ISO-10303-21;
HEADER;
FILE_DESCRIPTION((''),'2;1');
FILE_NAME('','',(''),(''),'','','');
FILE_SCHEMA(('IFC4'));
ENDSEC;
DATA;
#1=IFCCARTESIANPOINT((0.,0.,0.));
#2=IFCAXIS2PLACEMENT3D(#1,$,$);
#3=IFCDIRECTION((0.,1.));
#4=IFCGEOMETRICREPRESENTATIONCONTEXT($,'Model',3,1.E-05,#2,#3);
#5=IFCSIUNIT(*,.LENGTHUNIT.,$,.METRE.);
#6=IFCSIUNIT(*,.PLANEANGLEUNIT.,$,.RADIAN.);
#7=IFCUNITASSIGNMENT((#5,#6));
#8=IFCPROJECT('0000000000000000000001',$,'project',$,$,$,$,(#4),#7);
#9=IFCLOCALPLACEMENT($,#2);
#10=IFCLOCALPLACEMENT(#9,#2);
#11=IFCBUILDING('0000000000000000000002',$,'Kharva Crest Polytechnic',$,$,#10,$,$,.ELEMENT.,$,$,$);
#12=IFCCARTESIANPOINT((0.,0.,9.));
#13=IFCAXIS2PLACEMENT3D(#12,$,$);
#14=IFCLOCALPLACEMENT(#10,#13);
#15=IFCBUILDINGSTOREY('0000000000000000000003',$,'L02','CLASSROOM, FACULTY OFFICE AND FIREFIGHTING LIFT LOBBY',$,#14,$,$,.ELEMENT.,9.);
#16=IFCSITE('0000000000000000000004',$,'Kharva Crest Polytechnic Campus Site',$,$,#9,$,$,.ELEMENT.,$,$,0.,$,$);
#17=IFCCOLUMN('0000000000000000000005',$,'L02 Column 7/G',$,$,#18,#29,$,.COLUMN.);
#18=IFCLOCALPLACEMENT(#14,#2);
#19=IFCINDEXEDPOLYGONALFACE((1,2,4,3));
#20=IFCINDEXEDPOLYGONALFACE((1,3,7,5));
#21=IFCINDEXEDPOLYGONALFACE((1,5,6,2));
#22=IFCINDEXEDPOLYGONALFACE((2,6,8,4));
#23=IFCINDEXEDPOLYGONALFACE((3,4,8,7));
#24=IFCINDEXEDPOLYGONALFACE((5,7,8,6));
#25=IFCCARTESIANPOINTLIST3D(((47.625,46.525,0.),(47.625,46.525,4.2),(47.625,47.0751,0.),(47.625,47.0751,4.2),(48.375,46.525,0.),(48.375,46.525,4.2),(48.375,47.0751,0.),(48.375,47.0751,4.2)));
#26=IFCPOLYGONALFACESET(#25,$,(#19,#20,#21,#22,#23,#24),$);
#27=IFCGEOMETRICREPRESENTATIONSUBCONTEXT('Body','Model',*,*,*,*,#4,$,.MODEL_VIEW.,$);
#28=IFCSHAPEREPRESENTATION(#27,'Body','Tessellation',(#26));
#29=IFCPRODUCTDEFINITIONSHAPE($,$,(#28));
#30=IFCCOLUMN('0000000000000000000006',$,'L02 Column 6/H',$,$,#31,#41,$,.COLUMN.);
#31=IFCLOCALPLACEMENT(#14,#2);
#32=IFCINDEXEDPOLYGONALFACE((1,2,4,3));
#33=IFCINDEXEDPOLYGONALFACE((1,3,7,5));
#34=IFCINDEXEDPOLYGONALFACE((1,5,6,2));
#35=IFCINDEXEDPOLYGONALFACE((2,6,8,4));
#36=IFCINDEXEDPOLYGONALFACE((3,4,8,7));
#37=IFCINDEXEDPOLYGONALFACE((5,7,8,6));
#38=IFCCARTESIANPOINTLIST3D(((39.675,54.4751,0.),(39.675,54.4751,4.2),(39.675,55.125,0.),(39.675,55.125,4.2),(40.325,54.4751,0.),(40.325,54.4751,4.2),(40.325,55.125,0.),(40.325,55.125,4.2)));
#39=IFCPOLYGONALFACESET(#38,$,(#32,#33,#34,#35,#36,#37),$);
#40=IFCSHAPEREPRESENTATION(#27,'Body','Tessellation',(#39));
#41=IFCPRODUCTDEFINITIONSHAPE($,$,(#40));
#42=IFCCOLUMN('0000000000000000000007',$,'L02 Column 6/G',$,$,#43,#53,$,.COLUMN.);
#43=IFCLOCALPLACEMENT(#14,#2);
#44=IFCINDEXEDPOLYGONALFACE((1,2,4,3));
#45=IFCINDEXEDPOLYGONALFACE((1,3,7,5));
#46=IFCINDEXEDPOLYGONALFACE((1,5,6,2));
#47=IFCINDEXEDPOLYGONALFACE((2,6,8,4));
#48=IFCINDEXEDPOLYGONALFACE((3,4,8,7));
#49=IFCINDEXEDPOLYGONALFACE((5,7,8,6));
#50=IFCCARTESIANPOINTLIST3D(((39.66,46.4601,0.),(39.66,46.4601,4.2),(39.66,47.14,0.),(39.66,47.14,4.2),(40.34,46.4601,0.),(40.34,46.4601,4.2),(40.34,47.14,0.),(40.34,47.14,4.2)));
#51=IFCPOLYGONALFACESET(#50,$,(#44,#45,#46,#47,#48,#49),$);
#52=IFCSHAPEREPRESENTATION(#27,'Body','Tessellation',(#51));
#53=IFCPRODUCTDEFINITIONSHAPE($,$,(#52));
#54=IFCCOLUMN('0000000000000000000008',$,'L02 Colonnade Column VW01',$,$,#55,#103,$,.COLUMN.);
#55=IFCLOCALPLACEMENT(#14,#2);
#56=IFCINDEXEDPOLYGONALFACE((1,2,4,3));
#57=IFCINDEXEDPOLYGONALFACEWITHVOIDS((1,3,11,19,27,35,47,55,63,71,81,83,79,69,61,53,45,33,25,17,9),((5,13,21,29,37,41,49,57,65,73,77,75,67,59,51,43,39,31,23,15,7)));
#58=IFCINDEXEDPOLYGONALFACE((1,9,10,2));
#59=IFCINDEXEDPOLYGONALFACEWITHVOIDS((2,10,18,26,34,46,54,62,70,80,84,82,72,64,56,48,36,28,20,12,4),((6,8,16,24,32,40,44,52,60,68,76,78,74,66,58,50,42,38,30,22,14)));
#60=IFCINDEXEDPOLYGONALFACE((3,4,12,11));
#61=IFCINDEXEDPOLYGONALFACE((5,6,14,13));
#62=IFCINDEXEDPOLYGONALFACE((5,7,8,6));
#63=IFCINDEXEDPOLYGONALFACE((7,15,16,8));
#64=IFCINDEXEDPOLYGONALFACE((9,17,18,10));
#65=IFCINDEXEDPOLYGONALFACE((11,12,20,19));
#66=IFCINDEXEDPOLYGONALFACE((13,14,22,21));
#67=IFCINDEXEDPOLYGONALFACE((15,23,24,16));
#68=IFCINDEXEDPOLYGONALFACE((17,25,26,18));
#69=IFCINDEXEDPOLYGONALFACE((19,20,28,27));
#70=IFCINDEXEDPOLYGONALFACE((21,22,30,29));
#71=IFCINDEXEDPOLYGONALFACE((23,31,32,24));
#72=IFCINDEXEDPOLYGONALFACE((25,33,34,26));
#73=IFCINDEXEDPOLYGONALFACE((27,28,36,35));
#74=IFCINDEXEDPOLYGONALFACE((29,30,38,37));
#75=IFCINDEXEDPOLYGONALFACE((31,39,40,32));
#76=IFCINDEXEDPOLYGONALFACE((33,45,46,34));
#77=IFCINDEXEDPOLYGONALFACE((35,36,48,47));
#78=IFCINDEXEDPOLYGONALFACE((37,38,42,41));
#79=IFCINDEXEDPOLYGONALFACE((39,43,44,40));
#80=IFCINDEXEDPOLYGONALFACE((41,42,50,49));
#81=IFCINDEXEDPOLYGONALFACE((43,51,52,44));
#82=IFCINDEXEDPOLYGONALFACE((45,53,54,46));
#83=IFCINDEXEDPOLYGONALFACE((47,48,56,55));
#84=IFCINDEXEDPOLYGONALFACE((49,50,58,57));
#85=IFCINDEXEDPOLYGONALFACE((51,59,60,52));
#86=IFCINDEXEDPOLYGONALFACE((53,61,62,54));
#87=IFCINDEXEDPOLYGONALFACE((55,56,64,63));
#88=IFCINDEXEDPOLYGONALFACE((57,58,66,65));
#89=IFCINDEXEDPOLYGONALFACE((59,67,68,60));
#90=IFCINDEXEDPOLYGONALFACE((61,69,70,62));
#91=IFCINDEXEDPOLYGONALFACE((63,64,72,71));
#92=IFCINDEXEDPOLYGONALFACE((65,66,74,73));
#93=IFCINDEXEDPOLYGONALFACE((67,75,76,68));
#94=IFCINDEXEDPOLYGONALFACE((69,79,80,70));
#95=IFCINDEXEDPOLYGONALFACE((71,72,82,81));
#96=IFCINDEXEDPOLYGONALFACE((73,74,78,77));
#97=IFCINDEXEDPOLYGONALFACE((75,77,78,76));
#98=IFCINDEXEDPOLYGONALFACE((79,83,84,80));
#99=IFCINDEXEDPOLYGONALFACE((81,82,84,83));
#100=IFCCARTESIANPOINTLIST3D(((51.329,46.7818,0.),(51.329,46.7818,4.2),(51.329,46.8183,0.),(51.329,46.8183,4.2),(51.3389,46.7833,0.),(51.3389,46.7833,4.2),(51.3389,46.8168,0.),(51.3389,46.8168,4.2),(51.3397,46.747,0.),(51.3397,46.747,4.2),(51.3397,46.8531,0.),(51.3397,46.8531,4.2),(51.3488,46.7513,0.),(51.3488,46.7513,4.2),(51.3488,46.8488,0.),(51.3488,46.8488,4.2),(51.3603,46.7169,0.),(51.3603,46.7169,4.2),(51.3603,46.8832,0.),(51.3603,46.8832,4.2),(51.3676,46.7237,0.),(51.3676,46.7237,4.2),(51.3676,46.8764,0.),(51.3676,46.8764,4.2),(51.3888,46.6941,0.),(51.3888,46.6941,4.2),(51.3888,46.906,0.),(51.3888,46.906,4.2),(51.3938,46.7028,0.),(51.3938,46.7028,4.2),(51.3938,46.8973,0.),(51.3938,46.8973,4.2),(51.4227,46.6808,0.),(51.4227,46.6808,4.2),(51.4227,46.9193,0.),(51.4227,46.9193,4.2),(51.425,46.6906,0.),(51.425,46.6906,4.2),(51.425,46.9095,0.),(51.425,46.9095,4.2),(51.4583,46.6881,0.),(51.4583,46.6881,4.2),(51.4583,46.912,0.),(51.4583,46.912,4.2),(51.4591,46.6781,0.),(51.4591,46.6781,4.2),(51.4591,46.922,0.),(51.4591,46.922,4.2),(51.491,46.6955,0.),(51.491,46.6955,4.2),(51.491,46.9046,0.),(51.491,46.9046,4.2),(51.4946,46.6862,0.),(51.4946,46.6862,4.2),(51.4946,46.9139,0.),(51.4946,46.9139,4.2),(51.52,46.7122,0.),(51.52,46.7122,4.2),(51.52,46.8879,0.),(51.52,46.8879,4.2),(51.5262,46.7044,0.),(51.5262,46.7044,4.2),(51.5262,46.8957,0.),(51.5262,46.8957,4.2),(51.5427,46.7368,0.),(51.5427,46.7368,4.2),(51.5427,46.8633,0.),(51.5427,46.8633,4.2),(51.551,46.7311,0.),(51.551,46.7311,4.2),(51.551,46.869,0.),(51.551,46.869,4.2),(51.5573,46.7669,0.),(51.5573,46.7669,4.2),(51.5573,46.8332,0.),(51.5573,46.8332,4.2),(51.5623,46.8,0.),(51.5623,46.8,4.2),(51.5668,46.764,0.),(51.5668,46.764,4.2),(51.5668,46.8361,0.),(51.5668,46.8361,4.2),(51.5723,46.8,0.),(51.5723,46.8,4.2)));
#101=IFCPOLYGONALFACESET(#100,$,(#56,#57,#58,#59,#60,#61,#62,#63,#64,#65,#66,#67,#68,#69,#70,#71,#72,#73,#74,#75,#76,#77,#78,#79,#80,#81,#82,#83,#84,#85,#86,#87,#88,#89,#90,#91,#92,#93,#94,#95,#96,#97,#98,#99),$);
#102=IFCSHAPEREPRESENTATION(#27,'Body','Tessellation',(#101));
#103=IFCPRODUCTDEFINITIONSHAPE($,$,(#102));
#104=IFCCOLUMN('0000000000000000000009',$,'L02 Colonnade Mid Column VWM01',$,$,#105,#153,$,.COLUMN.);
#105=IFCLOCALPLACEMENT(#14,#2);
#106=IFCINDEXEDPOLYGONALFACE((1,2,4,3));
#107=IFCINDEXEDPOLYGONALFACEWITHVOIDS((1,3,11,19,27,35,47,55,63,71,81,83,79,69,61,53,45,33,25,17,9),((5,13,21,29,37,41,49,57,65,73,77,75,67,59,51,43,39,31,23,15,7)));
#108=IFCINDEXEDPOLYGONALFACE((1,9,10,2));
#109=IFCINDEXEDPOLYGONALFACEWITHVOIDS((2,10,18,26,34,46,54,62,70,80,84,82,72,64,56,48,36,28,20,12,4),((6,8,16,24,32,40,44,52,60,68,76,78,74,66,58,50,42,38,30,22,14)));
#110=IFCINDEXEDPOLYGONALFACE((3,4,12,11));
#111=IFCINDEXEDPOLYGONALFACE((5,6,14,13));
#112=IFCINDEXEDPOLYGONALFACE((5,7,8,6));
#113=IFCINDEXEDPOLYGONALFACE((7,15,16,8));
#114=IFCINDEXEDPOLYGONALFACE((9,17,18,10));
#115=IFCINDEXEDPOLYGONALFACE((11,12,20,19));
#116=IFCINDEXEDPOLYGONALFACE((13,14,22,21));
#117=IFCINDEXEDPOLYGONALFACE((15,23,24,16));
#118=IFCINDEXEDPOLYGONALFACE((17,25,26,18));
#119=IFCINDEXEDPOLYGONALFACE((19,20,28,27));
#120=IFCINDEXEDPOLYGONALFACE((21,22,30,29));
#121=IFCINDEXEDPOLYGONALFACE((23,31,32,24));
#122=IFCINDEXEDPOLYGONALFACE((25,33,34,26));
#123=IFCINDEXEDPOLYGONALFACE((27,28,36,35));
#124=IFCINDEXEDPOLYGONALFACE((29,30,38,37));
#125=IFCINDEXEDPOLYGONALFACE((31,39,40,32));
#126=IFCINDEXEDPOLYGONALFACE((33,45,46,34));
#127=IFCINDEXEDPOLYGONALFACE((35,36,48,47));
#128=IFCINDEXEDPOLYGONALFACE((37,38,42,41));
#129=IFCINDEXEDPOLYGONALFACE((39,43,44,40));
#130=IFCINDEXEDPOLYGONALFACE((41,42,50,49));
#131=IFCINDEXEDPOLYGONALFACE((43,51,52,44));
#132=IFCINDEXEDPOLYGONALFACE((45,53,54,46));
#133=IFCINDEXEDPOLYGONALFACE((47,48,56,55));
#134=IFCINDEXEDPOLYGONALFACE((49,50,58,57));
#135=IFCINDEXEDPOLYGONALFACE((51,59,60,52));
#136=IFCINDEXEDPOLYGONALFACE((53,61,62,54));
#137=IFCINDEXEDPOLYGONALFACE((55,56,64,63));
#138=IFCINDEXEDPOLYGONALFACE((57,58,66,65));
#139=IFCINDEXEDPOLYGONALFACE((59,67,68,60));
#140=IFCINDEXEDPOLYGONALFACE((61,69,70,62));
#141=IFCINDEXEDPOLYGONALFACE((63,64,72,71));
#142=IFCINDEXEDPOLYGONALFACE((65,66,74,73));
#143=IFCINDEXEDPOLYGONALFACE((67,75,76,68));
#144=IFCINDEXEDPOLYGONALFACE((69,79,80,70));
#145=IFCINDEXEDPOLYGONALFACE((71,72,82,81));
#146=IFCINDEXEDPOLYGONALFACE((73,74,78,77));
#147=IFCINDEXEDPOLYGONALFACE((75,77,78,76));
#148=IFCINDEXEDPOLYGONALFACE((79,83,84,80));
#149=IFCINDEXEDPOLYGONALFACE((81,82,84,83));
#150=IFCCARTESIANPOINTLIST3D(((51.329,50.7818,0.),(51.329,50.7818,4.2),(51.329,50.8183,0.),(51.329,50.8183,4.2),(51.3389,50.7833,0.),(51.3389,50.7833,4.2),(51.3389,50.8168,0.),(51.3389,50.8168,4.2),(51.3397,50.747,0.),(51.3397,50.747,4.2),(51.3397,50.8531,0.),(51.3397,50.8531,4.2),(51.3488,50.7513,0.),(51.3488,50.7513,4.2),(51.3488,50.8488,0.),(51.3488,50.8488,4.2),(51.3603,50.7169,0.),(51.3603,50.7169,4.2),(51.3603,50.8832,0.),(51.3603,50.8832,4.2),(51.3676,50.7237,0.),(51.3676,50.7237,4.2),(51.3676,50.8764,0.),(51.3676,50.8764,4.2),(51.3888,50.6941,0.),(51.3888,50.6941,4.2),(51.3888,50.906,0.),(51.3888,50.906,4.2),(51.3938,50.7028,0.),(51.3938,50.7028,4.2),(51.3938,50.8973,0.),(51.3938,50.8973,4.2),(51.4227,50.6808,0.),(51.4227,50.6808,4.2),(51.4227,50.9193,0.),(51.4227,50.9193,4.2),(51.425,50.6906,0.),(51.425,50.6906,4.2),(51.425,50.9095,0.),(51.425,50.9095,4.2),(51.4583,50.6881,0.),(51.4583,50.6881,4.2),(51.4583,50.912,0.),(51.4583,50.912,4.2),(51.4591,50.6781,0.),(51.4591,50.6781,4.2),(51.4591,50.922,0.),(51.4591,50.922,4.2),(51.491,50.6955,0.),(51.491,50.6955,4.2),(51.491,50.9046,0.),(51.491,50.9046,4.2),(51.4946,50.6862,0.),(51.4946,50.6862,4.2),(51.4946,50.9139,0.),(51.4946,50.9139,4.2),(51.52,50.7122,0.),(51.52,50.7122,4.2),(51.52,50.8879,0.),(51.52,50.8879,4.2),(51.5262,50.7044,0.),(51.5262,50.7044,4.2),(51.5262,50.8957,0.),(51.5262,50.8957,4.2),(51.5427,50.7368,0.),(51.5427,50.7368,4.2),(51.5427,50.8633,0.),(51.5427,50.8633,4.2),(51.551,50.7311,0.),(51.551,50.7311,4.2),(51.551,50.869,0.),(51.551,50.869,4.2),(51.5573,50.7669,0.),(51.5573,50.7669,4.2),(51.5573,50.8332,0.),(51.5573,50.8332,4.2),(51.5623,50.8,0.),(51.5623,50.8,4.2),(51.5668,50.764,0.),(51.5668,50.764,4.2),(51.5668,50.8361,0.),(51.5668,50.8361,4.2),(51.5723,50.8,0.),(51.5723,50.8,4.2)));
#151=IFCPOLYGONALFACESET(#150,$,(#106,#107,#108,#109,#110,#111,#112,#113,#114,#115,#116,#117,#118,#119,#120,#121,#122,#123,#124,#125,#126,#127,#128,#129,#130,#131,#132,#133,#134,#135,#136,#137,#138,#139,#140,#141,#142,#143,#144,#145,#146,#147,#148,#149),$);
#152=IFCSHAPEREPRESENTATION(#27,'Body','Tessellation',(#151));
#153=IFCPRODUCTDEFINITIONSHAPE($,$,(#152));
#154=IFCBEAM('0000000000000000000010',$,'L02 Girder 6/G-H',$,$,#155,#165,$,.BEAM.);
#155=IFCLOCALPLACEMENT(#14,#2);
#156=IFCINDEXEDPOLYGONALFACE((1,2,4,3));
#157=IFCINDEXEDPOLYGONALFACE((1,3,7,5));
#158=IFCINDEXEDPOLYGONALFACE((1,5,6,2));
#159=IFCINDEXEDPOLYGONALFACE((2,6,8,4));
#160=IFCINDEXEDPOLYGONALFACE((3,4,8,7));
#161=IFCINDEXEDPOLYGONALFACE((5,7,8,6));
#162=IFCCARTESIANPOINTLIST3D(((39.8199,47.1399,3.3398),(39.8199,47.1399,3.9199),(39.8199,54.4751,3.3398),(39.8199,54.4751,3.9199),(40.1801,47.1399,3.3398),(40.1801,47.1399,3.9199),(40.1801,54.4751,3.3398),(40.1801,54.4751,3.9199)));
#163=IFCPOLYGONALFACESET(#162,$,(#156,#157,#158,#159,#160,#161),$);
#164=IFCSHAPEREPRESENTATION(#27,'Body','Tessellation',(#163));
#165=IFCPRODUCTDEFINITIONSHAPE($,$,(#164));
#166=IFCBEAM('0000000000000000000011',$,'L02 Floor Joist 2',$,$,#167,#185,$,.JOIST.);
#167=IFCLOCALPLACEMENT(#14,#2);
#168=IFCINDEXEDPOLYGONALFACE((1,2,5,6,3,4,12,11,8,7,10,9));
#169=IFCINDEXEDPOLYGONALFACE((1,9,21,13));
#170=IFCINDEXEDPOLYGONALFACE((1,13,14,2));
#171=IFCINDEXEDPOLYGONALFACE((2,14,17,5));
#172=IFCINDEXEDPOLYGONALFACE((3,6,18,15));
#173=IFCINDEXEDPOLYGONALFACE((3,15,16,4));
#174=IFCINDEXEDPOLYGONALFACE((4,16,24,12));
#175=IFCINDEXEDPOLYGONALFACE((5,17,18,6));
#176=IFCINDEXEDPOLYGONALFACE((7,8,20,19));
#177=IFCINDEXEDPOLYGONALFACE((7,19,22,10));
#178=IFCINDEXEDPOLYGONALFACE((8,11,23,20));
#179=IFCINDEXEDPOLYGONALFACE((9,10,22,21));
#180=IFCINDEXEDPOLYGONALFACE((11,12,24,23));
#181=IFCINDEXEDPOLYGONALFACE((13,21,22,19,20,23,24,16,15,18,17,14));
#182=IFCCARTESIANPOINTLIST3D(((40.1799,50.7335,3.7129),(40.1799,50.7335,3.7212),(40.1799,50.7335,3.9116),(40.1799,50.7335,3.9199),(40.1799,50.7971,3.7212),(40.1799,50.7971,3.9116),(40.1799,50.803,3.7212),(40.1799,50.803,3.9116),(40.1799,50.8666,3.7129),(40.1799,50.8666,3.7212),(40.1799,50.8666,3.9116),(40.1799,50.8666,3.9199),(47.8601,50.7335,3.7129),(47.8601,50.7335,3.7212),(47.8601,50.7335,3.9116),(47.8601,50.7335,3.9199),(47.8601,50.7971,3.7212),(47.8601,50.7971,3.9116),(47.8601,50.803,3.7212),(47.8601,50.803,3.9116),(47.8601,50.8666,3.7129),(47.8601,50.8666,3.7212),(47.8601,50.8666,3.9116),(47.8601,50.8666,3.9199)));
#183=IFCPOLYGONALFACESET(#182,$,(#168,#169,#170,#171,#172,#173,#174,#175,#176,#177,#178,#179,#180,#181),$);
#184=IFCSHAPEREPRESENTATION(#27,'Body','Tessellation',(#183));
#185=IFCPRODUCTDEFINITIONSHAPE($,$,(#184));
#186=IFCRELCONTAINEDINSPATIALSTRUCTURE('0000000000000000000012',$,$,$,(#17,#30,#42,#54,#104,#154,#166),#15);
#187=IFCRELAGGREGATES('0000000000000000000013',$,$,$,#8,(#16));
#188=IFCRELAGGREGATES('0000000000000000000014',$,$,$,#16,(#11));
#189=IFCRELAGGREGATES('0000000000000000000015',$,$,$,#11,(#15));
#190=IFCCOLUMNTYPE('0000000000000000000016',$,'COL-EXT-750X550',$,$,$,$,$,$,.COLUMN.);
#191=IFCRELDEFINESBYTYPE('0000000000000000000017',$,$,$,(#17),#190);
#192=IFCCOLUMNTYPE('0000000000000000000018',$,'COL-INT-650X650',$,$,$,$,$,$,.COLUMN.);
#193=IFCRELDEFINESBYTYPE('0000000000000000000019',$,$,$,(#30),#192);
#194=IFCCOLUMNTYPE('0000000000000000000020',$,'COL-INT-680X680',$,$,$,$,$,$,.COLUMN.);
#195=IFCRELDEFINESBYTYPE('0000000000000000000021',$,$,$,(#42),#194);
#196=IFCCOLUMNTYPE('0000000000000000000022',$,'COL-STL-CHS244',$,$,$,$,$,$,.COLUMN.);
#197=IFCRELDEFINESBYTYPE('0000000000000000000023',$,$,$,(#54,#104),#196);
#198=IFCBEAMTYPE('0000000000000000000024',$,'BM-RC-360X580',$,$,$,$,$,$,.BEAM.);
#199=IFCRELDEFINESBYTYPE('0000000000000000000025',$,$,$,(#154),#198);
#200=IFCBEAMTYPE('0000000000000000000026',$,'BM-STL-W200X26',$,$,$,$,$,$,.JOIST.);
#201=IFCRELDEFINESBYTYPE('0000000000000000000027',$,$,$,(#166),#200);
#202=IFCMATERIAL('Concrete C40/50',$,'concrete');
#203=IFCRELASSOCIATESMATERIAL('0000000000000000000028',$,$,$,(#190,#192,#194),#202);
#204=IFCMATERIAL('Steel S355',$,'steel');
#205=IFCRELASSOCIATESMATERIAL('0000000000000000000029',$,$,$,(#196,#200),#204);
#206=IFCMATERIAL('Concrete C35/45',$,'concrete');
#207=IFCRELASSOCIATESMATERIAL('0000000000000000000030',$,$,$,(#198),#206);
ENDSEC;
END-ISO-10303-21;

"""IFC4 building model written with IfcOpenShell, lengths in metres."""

from ifc_helpers import new_model, si_unit, direction, frame, origin, origin_2d, place, context, subcontext, project, spatial, rectangle, hollow_circle, i_section, extrude, material, material_profile, profile_set, type_object, element, save


model = new_model("IFC4")

# Units and contexts
model_context = context("Model", 3, precision=1e-05, world=origin(), true_north=direction((0.0, 1.0)))
body_context = subcontext(model_context, "Body", "Model", "MODEL_VIEW")
ifc_project = project(units=[si_unit("LENGTHUNIT", "METRE"), si_unit("PLANEANGLEUNIT", "RADIAN")], contexts=[model_context])

# Site, building, storey
site_placement = place(None, origin())
site = spatial("IfcSite", under=ifc_project, at=site_placement, Name="Kharva Crest Polytechnic Campus Site", CompositionType="ELEMENT", RefElevation=0.0)
building_placement = place(site_placement, origin())
building = spatial("IfcBuilding", under=site, at=building_placement, Name="Kharva Crest Polytechnic", CompositionType="ELEMENT")
storey_placement = place(building_placement, frame((0.0, 0.0, 9.0)))
storey = spatial("IfcBuildingStorey", under=building, at=storey_placement, Name="L02", Description="CLASSROOM, FACULTY OFFICE AND FIREFIGHTING LIFT LOBBY", CompositionType="ELEMENT", Elevation=9.0)

# Columns
ifc_material_1 = material(Name="Concrete C40/50", Category="concrete")
ifc_material_profile_1 = material_profile(ifc_material_1, rectangle(XDim=0.75, YDim=0.55, at=origin_2d()), Name="RECT 750 X 550")
ifc_profile_set_1 = profile_set([ifc_material_profile_1], Name="Concrete C40/50")
column_type_1 = type_object("IfcColumnType", Name="COL-EXT-750X550", PredefinedType="COLUMN", material=ifc_profile_set_1)
column_1_placement = place(storey_placement, frame((48.0, 46.8, 0.0), z_axis=(0.0, 0.0, 1.0), x_axis=(1.0, 0.0, 0.0)))
element("IfcColumn", 1, at=column_1_placement, inside=storey, type_object=column_type_1, Name="L02 Column 7/G", PredefinedType="COLUMN", context=body_context, shape_type="SweptSolid", body=[
    extrude(rectangle(XDim=0.75, YDim=0.55, at=origin_2d()), origin(), (0.0, 0.0, 1.0), 4.2),
])
ifc_material_profile_2 = material_profile(ifc_material_1, rectangle(XDim=0.6499, YDim=0.6499, at=origin_2d()), Name="RECT 650 X 650")
ifc_profile_set_2 = profile_set([ifc_material_profile_2], Name="Concrete C40/50")
column_type_2 = type_object("IfcColumnType", Name="COL-INT-650X650", PredefinedType="COLUMN", material=ifc_profile_set_2)
column_2_placement = place(storey_placement, frame((40.0, 54.8, 0.0), z_axis=(0.0, 0.0, 1.0), x_axis=(1.0, 0.0, 0.0)))
element("IfcColumn", 2, at=column_2_placement, inside=storey, type_object=column_type_2, Name="L02 Column 6/H", PredefinedType="COLUMN", context=body_context, shape_type="SweptSolid", body=[
    extrude(rectangle(XDim=0.6499, YDim=0.6499, at=origin_2d()), origin(), (0.0, 0.0, 1.0), 4.2),
])
ifc_material_profile_3 = material_profile(ifc_material_1, rectangle(XDim=0.6799, YDim=0.6799, at=origin_2d()), Name="RECT 680 X 680")
ifc_profile_set_3 = profile_set([ifc_material_profile_3], Name="Concrete C40/50")
column_type_3 = type_object("IfcColumnType", Name="COL-INT-680X680", PredefinedType="COLUMN", material=ifc_profile_set_3)
column_3_placement = place(storey_placement, frame((40.0, 46.8, 0.0), z_axis=(0.0, 0.0, 1.0), x_axis=(1.0, 0.0, 0.0)))
element("IfcColumn", 3, at=column_3_placement, inside=storey, type_object=column_type_3, Name="L02 Column 6/G", PredefinedType="COLUMN", context=body_context, shape_type="SweptSolid", body=[
    extrude(rectangle(XDim=0.6799, YDim=0.6799, at=origin_2d()), origin(), (0.0, 0.0, 1.0), 4.2),
])
ifc_material_2 = material(Name="Steel S355", Category="steel")
ifc_material_profile_4 = material_profile(ifc_material_2, hollow_circle(Radius=0.1223, WallThickness=0.01, at=origin_2d()), Name="CHS 244.5X10.0")
ifc_profile_set_4 = profile_set([ifc_material_profile_4], Name="Steel S355")
column_type_4 = type_object("IfcColumnType", Name="COL-STL-CHS244", PredefinedType="COLUMN", material=ifc_profile_set_4)
for number, where, z_axis, x_axis, name in (
    (4, (51.45, 46.8, 0.0), (0.0, 0.0, 1.0), (1.0, 0.0, 0.0), "L02 Colonnade Column VW01"),
    (5, (51.45, 50.8, 0.0), (0.0, 0.0, 1.0), (1.0, 0.0, 0.0), "L02 Colonnade Mid Column VWM01"),
):
    element("IfcColumn", number, at=place(storey_placement, frame(where, z_axis=z_axis, x_axis=x_axis)), inside=storey, type_object=column_type_4, Name=name, PredefinedType="COLUMN", context=body_context, shape_type="SweptSolid", body=[
        extrude(hollow_circle(Radius=0.1223, WallThickness=0.01, at=origin_2d()), origin(), (0.0, 0.0, 1.0), 4.2),
    ])

# Beams
ifc_material_3 = material(Name="Concrete C35/45", Category="concrete")
ifc_material_profile_5 = material_profile(ifc_material_3, rectangle(XDim=0.3601, YDim=0.5801, at=origin_2d()), Name="RECT 360 X 580")
ifc_profile_set_5 = profile_set([ifc_material_profile_5], Name="Concrete C35/45")
beam_type_1 = type_object("IfcBeamType", Name="BM-RC-360X580", PredefinedType="BEAM", material=ifc_profile_set_5)
beam_1_placement = place(storey_placement, frame((40.0, 47.1399, 3.6299), z_axis=(0.0, 1.0, 0.0), x_axis=(-1.0, 0.0, 0.0)))
element("IfcBeam", 6, at=beam_1_placement, inside=storey, type_object=beam_type_1, Name="L02 Girder 6/G-H", PredefinedType="BEAM", context=body_context, shape_type="SweptSolid", body=[
    extrude(rectangle(XDim=0.3601, YDim=0.5801, at=origin_2d()), origin(), (0.0, 0.0, 1.0), 7.3352),
])
ifc_material_profile_6 = material_profile(ifc_material_2, i_section(OverallWidth=0.1331, OverallDepth=0.207, WebThickness=0.0059, FlangeThickness=0.0083, at=origin_2d()), Name="W200X26.6")
ifc_profile_set_6 = profile_set([ifc_material_profile_6], Name="Steel S355")
beam_type_2 = type_object("IfcBeamType", Name="BM-STL-W200X26", PredefinedType="JOIST", material=ifc_profile_set_6)
beam_2_placement = place(storey_placement, frame((40.1799, 50.8, 3.8164), z_axis=(1.0, 0.0, 0.0), x_axis=(0.0, 1.0, 0.0)))
element("IfcBeam", 7, at=beam_2_placement, inside=storey, type_object=beam_type_2, Name="L02 Floor Joist 2", PredefinedType="JOIST", context=body_context, shape_type="SweptSolid", body=[
    extrude(i_section(OverallWidth=0.1331, OverallDepth=0.207, WebThickness=0.0059, FlangeThickness=0.0083, at=origin_2d()), origin(), (0.0, 0.0, 1.0), 7.6802),
])

save(model, "model.ifc")
